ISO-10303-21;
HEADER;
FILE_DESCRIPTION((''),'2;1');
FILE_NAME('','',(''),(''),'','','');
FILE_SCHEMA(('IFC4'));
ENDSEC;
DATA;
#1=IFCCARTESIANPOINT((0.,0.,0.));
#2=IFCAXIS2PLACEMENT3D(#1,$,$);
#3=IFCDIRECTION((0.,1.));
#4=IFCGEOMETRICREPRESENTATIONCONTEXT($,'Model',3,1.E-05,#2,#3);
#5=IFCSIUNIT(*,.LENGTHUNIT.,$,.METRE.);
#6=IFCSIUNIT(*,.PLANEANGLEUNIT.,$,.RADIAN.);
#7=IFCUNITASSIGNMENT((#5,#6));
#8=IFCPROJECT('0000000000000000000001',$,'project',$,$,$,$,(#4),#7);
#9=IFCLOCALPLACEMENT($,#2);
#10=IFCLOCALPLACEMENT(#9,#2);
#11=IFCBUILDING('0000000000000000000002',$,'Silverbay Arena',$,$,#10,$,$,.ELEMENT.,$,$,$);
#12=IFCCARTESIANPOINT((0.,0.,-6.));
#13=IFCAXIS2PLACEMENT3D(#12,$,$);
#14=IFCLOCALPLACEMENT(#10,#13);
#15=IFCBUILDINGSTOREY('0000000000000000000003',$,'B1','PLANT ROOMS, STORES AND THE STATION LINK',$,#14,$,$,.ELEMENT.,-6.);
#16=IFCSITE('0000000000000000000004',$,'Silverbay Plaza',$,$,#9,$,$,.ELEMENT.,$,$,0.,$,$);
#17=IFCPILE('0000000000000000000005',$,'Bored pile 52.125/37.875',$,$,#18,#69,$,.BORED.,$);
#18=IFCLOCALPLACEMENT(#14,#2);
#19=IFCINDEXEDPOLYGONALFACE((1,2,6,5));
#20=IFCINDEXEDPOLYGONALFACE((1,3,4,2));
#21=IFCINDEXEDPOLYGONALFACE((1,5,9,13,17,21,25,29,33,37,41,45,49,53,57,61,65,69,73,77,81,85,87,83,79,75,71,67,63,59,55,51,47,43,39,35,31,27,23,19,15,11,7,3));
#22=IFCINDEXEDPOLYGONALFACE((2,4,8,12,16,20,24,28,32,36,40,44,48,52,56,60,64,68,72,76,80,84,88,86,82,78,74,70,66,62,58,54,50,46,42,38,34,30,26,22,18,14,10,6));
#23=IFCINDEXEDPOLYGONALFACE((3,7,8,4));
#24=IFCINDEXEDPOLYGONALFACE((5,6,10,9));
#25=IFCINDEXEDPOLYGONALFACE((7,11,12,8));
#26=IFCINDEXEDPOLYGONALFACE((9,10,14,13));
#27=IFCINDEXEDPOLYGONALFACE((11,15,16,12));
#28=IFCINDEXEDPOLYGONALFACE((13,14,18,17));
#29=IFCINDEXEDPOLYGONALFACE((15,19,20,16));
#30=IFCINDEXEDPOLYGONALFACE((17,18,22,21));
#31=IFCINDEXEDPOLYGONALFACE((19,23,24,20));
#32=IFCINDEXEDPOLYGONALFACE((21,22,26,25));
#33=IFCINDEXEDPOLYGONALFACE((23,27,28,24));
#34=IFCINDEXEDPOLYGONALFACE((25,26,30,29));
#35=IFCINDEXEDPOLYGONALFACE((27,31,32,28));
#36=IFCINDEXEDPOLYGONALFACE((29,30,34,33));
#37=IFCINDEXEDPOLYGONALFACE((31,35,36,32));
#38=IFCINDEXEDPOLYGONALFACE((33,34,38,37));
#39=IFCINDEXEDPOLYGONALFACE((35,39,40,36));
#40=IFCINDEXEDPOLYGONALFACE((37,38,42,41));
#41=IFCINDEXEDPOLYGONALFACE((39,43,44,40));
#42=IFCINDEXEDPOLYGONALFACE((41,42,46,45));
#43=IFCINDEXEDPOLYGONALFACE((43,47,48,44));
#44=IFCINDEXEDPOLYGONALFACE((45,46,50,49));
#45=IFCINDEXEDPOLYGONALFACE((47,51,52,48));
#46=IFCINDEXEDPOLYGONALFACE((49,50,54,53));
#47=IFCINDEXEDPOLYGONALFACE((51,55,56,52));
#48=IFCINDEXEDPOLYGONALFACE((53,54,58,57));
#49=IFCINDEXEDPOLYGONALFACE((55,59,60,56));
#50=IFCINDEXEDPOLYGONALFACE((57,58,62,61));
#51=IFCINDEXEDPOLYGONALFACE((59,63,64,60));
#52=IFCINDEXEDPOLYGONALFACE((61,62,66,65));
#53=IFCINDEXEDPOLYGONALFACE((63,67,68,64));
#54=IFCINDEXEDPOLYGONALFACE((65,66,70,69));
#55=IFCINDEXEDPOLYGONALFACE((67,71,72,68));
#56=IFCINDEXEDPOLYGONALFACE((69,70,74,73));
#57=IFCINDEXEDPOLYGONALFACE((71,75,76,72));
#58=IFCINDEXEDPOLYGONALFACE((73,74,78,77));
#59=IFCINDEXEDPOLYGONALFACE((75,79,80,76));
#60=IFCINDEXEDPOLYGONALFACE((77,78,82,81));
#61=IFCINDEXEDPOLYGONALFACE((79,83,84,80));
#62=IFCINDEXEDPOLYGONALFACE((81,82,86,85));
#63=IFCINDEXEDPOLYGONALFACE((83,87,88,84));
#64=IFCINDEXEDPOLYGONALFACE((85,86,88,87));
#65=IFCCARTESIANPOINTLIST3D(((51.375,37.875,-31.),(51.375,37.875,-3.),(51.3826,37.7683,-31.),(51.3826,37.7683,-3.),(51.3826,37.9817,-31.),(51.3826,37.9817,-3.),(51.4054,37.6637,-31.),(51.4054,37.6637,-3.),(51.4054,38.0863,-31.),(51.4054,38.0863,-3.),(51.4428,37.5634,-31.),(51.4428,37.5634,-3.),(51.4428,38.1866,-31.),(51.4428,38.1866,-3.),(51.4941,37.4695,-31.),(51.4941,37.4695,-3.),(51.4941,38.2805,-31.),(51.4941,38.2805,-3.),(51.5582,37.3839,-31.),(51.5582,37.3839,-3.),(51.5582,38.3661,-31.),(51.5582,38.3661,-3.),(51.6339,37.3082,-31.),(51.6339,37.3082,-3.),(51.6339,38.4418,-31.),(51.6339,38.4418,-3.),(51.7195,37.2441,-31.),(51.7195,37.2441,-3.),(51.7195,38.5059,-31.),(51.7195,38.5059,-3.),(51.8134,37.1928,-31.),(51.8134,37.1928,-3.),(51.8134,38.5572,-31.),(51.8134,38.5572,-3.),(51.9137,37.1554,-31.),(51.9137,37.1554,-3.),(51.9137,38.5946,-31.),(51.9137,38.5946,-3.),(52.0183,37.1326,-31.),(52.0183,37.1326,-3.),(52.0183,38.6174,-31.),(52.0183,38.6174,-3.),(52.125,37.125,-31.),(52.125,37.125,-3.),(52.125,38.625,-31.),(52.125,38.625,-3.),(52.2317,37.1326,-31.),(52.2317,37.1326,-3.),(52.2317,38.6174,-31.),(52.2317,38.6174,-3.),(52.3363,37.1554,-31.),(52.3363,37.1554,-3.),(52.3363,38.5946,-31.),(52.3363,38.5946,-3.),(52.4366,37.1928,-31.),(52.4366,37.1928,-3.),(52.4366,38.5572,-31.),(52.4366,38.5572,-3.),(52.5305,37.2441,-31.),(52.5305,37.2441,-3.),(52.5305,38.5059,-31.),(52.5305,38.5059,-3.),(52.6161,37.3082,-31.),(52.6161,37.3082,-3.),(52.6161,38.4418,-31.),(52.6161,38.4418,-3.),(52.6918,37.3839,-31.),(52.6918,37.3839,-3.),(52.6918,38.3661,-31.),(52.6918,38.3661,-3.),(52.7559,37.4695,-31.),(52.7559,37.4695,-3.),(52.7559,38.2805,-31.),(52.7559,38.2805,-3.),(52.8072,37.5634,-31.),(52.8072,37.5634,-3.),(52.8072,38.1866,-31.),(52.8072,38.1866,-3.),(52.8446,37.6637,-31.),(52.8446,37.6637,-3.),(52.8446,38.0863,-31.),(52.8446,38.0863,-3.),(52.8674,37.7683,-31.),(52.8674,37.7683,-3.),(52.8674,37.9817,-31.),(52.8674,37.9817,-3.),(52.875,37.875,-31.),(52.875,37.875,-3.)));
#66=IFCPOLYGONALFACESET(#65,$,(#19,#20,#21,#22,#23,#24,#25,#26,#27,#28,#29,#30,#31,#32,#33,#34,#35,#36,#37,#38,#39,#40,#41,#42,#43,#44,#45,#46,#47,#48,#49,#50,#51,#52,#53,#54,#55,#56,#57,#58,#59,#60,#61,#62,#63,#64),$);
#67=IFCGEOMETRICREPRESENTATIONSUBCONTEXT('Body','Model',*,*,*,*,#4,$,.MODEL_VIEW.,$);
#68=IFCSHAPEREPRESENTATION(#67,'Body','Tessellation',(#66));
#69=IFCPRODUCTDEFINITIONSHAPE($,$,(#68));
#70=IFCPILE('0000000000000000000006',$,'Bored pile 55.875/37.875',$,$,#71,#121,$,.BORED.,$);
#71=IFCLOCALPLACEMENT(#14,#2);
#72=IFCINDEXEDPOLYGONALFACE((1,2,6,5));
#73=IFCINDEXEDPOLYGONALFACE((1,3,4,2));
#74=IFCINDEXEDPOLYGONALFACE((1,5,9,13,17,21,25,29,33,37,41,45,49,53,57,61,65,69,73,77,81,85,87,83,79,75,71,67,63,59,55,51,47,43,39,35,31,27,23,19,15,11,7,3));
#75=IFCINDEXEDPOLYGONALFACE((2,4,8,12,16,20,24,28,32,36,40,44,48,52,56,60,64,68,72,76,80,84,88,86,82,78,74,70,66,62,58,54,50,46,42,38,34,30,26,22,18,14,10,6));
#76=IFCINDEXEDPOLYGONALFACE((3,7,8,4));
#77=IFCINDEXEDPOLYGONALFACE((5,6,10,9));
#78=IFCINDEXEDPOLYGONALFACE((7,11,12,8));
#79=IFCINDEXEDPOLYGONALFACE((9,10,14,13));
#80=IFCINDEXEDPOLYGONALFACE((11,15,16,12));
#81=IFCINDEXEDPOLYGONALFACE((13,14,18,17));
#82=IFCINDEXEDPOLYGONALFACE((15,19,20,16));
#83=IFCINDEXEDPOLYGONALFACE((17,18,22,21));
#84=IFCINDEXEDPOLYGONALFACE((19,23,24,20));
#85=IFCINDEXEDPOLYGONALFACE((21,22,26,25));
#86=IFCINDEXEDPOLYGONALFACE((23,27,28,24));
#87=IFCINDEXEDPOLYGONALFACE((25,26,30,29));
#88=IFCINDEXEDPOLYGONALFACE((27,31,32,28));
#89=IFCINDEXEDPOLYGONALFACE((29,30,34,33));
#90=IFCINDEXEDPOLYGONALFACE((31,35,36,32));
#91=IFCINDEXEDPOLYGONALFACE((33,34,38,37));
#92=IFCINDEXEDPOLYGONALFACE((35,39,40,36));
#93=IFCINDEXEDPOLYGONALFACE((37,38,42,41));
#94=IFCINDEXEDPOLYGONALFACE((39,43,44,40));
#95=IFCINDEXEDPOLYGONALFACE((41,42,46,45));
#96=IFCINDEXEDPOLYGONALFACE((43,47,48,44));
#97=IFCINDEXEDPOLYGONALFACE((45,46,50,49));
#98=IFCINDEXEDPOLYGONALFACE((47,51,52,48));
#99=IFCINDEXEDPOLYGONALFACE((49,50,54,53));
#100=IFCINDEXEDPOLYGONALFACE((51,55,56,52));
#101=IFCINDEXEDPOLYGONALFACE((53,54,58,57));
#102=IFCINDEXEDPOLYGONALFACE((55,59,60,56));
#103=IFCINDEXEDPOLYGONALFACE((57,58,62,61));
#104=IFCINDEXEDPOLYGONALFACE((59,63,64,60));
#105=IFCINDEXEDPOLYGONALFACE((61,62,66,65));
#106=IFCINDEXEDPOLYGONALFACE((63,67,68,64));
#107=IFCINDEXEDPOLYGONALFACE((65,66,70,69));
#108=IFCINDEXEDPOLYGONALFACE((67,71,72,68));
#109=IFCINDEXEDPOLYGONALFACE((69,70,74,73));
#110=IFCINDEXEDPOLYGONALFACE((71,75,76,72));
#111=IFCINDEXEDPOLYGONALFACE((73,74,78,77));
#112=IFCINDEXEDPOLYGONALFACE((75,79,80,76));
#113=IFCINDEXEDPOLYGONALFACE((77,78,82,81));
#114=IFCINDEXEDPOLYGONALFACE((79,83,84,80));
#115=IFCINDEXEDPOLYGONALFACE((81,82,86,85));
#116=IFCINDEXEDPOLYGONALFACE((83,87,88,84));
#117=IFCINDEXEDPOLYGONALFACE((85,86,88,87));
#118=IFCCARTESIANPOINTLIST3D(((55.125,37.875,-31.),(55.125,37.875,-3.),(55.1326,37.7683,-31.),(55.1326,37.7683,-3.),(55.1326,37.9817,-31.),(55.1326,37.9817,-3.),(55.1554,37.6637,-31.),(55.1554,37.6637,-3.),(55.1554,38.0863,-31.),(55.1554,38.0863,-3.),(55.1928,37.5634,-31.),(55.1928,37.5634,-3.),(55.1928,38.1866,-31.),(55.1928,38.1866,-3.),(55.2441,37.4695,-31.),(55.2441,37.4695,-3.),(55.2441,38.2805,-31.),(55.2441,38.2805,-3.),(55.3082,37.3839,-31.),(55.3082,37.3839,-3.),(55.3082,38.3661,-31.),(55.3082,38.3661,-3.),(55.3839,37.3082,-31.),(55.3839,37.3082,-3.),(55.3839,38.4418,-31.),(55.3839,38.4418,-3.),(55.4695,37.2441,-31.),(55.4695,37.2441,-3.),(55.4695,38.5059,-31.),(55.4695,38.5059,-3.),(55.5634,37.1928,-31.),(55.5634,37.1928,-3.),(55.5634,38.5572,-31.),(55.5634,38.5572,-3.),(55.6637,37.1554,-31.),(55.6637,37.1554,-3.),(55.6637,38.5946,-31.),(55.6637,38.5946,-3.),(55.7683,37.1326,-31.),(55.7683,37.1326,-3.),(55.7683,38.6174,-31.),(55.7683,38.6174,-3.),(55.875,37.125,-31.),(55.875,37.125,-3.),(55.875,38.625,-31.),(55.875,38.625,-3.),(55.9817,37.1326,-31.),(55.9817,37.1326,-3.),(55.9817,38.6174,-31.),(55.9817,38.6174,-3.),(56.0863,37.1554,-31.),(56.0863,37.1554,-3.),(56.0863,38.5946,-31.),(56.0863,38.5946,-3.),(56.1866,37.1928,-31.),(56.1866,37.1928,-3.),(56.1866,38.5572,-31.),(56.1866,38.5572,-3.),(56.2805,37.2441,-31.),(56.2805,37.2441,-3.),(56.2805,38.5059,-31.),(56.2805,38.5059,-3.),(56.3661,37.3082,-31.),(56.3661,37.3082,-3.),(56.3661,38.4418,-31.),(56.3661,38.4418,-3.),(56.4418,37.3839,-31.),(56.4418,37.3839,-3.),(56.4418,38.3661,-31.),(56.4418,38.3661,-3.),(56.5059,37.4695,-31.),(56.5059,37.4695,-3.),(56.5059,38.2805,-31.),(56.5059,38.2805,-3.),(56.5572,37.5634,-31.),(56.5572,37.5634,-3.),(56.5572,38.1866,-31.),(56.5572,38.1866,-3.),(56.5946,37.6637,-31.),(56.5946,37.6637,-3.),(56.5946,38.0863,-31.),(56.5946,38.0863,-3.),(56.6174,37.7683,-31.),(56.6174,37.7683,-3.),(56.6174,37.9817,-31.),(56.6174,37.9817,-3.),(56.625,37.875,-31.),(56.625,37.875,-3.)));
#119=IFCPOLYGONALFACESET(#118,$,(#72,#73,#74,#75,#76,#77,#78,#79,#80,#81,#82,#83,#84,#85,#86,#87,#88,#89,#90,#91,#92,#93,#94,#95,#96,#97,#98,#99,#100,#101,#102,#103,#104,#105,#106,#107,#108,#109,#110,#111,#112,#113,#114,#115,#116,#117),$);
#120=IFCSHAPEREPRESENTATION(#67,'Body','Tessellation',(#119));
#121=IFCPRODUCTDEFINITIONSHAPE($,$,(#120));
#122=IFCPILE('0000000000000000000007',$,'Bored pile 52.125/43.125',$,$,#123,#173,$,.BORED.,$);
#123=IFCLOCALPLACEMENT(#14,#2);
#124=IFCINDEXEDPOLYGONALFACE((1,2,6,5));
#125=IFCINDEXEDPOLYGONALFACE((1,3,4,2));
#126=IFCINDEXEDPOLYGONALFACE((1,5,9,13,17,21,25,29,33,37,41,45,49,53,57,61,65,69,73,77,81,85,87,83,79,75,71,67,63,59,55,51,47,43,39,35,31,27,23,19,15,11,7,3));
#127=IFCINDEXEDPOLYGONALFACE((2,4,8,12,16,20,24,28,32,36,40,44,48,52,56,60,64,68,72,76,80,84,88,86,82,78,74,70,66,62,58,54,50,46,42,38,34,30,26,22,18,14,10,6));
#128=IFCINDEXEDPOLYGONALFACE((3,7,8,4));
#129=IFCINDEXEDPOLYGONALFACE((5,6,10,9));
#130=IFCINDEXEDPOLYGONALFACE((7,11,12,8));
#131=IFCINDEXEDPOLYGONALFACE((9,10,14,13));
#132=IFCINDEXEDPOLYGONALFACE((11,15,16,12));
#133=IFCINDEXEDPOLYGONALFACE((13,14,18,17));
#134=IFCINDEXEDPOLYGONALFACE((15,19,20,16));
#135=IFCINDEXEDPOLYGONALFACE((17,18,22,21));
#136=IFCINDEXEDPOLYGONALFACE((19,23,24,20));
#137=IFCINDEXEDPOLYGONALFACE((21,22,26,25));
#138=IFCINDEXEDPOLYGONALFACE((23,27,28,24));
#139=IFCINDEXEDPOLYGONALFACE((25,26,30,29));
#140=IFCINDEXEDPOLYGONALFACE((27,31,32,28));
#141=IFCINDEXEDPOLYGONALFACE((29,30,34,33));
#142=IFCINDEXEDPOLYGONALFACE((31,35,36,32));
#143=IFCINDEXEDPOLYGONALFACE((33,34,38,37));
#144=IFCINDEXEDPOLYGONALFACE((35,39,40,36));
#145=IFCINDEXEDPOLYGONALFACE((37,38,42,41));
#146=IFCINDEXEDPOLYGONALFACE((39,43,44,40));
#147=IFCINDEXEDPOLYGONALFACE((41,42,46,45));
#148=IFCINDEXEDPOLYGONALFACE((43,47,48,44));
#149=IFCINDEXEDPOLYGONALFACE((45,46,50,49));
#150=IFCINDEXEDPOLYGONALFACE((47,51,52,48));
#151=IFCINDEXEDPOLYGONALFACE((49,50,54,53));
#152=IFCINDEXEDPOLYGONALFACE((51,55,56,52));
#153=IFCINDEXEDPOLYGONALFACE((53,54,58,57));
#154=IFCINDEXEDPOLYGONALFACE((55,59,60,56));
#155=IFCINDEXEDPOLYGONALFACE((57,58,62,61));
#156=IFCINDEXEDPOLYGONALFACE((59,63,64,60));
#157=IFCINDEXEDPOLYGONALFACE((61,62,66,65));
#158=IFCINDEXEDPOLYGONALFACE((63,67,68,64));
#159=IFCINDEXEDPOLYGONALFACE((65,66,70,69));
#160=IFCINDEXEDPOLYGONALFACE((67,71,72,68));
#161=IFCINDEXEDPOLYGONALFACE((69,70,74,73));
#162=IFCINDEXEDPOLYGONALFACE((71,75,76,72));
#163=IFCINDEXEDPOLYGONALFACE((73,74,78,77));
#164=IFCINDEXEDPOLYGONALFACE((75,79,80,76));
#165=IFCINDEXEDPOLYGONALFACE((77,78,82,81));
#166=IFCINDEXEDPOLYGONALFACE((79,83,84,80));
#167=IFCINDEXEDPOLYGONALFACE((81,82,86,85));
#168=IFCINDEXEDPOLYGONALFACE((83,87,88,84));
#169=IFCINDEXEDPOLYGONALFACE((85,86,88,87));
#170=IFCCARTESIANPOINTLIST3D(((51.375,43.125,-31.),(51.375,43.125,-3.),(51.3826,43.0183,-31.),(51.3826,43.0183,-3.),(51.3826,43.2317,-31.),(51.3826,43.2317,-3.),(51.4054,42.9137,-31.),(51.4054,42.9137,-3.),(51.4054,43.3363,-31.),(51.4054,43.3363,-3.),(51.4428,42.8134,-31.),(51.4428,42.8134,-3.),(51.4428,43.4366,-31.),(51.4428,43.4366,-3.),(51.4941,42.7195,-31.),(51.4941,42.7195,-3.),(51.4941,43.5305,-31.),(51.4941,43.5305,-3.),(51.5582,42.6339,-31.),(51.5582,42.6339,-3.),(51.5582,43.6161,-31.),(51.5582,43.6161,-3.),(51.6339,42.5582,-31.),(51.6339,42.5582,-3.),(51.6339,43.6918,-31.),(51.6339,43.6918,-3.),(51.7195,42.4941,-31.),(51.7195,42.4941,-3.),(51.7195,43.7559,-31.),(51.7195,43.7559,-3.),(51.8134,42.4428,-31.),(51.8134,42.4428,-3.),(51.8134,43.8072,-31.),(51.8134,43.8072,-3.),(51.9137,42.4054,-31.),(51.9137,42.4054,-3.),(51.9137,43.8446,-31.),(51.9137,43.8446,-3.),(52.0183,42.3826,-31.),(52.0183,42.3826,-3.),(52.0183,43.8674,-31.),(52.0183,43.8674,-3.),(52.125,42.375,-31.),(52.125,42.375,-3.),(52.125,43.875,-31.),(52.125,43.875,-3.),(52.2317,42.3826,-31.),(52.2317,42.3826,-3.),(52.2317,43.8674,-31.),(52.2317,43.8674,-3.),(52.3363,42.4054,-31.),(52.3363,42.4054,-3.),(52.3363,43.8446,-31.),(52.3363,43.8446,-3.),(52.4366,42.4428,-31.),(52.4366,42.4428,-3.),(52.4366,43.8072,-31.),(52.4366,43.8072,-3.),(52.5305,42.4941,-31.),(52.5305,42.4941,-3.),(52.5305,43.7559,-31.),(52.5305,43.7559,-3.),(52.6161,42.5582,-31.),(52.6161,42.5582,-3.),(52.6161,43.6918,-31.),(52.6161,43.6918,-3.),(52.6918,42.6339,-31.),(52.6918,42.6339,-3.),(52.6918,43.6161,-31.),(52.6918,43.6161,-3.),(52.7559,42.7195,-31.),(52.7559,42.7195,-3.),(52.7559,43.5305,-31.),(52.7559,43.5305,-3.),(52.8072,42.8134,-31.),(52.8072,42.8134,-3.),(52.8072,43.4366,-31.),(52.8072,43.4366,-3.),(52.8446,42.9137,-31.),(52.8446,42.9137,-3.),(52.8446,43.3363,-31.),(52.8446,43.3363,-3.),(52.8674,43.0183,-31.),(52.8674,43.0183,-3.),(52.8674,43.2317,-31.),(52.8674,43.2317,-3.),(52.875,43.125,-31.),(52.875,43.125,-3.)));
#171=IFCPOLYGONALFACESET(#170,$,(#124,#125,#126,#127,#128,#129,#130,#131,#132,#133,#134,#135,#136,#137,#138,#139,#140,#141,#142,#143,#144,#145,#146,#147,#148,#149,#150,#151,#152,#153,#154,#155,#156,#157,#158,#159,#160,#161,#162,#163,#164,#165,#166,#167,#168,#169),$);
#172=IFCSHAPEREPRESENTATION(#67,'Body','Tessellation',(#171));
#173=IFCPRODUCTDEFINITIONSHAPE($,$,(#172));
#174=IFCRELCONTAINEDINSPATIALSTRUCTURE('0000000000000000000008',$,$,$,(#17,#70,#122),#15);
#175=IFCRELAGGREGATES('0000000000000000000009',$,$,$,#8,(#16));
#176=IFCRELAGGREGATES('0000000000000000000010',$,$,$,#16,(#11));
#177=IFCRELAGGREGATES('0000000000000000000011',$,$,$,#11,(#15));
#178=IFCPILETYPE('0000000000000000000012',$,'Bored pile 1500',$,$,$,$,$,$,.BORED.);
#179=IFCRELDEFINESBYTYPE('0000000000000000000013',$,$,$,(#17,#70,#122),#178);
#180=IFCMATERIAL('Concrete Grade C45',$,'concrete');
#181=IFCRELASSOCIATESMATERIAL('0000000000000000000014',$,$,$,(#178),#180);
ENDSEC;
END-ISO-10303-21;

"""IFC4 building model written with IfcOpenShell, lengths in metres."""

from ifc_helpers import new_model, si_unit, direction, frame, origin, origin_2d, place, context, subcontext, project, spatial, circle, extrude, material, material_profile, profile_set, type_object, element, save


model = new_model("IFC4")

# Units and contexts
model_context = context("Model", 3, precision=1e-05, world=origin(), true_north=direction((0.0, 1.0)))
body_context = subcontext(model_context, "Body", "Model", "MODEL_VIEW")
ifc_project = project(units=[si_unit("LENGTHUNIT", "METRE"), si_unit("PLANEANGLEUNIT", "RADIAN")], contexts=[model_context])

# Site, building, storey
site_placement = place(None, origin())
site = spatial("IfcSite", under=ifc_project, at=site_placement, Name="Silverbay Plaza", CompositionType="ELEMENT", RefElevation=0.0)
building_placement = place(site_placement, origin())
building = spatial("IfcBuilding", under=site, at=building_placement, Name="Silverbay Arena", CompositionType="ELEMENT")
storey_placement = place(building_placement, frame((0.0, 0.0, -6.0)))
storey = spatial("IfcBuildingStorey", under=building, at=storey_placement, Name="B1", Description="PLANT ROOMS, STORES AND THE STATION LINK", CompositionType="ELEMENT", Elevation=-6.0)

# Piles
ifc_material_1 = material(Name="Concrete Grade C45", Category="concrete")
ifc_material_profile_1 = material_profile(ifc_material_1, circle(Radius=0.75, at=origin_2d()), Name="Bored pile 1500")
ifc_profile_set_1 = profile_set([ifc_material_profile_1], Name="Concrete Grade C45")
pile_type_1 = type_object("IfcPileType", Name="Bored pile 1500", PredefinedType="BORED", material=ifc_profile_set_1)
for number, where, z_axis, x_axis, name in (
    (1, (52.125, 37.875, -3.0), (0.0, 0.0, -1.0), (1.0, 0.0, 0.0), "Bored pile 52.125/37.875"),
    (2, (55.875, 37.875, -3.0), (0.0, 0.0, -1.0), (1.0, 0.0, 0.0), "Bored pile 55.875/37.875"),
    (3, (52.125, 43.125, -3.0), (0.0, 0.0, -1.0), (1.0, 0.0, 0.0), "Bored pile 52.125/43.125"),
):
    element("IfcPile", number, at=place(storey_placement, frame(where, z_axis=z_axis, x_axis=x_axis)), inside=storey, type_object=pile_type_1, Name=name, PredefinedType="BORED", context=body_context, shape_type="SweptSolid", body=[
        extrude(circle(Radius=0.75, at=origin_2d()), origin(), (0.0, 0.0, 1.0), 28.0),
    ])

save(model, "model.ifc")
